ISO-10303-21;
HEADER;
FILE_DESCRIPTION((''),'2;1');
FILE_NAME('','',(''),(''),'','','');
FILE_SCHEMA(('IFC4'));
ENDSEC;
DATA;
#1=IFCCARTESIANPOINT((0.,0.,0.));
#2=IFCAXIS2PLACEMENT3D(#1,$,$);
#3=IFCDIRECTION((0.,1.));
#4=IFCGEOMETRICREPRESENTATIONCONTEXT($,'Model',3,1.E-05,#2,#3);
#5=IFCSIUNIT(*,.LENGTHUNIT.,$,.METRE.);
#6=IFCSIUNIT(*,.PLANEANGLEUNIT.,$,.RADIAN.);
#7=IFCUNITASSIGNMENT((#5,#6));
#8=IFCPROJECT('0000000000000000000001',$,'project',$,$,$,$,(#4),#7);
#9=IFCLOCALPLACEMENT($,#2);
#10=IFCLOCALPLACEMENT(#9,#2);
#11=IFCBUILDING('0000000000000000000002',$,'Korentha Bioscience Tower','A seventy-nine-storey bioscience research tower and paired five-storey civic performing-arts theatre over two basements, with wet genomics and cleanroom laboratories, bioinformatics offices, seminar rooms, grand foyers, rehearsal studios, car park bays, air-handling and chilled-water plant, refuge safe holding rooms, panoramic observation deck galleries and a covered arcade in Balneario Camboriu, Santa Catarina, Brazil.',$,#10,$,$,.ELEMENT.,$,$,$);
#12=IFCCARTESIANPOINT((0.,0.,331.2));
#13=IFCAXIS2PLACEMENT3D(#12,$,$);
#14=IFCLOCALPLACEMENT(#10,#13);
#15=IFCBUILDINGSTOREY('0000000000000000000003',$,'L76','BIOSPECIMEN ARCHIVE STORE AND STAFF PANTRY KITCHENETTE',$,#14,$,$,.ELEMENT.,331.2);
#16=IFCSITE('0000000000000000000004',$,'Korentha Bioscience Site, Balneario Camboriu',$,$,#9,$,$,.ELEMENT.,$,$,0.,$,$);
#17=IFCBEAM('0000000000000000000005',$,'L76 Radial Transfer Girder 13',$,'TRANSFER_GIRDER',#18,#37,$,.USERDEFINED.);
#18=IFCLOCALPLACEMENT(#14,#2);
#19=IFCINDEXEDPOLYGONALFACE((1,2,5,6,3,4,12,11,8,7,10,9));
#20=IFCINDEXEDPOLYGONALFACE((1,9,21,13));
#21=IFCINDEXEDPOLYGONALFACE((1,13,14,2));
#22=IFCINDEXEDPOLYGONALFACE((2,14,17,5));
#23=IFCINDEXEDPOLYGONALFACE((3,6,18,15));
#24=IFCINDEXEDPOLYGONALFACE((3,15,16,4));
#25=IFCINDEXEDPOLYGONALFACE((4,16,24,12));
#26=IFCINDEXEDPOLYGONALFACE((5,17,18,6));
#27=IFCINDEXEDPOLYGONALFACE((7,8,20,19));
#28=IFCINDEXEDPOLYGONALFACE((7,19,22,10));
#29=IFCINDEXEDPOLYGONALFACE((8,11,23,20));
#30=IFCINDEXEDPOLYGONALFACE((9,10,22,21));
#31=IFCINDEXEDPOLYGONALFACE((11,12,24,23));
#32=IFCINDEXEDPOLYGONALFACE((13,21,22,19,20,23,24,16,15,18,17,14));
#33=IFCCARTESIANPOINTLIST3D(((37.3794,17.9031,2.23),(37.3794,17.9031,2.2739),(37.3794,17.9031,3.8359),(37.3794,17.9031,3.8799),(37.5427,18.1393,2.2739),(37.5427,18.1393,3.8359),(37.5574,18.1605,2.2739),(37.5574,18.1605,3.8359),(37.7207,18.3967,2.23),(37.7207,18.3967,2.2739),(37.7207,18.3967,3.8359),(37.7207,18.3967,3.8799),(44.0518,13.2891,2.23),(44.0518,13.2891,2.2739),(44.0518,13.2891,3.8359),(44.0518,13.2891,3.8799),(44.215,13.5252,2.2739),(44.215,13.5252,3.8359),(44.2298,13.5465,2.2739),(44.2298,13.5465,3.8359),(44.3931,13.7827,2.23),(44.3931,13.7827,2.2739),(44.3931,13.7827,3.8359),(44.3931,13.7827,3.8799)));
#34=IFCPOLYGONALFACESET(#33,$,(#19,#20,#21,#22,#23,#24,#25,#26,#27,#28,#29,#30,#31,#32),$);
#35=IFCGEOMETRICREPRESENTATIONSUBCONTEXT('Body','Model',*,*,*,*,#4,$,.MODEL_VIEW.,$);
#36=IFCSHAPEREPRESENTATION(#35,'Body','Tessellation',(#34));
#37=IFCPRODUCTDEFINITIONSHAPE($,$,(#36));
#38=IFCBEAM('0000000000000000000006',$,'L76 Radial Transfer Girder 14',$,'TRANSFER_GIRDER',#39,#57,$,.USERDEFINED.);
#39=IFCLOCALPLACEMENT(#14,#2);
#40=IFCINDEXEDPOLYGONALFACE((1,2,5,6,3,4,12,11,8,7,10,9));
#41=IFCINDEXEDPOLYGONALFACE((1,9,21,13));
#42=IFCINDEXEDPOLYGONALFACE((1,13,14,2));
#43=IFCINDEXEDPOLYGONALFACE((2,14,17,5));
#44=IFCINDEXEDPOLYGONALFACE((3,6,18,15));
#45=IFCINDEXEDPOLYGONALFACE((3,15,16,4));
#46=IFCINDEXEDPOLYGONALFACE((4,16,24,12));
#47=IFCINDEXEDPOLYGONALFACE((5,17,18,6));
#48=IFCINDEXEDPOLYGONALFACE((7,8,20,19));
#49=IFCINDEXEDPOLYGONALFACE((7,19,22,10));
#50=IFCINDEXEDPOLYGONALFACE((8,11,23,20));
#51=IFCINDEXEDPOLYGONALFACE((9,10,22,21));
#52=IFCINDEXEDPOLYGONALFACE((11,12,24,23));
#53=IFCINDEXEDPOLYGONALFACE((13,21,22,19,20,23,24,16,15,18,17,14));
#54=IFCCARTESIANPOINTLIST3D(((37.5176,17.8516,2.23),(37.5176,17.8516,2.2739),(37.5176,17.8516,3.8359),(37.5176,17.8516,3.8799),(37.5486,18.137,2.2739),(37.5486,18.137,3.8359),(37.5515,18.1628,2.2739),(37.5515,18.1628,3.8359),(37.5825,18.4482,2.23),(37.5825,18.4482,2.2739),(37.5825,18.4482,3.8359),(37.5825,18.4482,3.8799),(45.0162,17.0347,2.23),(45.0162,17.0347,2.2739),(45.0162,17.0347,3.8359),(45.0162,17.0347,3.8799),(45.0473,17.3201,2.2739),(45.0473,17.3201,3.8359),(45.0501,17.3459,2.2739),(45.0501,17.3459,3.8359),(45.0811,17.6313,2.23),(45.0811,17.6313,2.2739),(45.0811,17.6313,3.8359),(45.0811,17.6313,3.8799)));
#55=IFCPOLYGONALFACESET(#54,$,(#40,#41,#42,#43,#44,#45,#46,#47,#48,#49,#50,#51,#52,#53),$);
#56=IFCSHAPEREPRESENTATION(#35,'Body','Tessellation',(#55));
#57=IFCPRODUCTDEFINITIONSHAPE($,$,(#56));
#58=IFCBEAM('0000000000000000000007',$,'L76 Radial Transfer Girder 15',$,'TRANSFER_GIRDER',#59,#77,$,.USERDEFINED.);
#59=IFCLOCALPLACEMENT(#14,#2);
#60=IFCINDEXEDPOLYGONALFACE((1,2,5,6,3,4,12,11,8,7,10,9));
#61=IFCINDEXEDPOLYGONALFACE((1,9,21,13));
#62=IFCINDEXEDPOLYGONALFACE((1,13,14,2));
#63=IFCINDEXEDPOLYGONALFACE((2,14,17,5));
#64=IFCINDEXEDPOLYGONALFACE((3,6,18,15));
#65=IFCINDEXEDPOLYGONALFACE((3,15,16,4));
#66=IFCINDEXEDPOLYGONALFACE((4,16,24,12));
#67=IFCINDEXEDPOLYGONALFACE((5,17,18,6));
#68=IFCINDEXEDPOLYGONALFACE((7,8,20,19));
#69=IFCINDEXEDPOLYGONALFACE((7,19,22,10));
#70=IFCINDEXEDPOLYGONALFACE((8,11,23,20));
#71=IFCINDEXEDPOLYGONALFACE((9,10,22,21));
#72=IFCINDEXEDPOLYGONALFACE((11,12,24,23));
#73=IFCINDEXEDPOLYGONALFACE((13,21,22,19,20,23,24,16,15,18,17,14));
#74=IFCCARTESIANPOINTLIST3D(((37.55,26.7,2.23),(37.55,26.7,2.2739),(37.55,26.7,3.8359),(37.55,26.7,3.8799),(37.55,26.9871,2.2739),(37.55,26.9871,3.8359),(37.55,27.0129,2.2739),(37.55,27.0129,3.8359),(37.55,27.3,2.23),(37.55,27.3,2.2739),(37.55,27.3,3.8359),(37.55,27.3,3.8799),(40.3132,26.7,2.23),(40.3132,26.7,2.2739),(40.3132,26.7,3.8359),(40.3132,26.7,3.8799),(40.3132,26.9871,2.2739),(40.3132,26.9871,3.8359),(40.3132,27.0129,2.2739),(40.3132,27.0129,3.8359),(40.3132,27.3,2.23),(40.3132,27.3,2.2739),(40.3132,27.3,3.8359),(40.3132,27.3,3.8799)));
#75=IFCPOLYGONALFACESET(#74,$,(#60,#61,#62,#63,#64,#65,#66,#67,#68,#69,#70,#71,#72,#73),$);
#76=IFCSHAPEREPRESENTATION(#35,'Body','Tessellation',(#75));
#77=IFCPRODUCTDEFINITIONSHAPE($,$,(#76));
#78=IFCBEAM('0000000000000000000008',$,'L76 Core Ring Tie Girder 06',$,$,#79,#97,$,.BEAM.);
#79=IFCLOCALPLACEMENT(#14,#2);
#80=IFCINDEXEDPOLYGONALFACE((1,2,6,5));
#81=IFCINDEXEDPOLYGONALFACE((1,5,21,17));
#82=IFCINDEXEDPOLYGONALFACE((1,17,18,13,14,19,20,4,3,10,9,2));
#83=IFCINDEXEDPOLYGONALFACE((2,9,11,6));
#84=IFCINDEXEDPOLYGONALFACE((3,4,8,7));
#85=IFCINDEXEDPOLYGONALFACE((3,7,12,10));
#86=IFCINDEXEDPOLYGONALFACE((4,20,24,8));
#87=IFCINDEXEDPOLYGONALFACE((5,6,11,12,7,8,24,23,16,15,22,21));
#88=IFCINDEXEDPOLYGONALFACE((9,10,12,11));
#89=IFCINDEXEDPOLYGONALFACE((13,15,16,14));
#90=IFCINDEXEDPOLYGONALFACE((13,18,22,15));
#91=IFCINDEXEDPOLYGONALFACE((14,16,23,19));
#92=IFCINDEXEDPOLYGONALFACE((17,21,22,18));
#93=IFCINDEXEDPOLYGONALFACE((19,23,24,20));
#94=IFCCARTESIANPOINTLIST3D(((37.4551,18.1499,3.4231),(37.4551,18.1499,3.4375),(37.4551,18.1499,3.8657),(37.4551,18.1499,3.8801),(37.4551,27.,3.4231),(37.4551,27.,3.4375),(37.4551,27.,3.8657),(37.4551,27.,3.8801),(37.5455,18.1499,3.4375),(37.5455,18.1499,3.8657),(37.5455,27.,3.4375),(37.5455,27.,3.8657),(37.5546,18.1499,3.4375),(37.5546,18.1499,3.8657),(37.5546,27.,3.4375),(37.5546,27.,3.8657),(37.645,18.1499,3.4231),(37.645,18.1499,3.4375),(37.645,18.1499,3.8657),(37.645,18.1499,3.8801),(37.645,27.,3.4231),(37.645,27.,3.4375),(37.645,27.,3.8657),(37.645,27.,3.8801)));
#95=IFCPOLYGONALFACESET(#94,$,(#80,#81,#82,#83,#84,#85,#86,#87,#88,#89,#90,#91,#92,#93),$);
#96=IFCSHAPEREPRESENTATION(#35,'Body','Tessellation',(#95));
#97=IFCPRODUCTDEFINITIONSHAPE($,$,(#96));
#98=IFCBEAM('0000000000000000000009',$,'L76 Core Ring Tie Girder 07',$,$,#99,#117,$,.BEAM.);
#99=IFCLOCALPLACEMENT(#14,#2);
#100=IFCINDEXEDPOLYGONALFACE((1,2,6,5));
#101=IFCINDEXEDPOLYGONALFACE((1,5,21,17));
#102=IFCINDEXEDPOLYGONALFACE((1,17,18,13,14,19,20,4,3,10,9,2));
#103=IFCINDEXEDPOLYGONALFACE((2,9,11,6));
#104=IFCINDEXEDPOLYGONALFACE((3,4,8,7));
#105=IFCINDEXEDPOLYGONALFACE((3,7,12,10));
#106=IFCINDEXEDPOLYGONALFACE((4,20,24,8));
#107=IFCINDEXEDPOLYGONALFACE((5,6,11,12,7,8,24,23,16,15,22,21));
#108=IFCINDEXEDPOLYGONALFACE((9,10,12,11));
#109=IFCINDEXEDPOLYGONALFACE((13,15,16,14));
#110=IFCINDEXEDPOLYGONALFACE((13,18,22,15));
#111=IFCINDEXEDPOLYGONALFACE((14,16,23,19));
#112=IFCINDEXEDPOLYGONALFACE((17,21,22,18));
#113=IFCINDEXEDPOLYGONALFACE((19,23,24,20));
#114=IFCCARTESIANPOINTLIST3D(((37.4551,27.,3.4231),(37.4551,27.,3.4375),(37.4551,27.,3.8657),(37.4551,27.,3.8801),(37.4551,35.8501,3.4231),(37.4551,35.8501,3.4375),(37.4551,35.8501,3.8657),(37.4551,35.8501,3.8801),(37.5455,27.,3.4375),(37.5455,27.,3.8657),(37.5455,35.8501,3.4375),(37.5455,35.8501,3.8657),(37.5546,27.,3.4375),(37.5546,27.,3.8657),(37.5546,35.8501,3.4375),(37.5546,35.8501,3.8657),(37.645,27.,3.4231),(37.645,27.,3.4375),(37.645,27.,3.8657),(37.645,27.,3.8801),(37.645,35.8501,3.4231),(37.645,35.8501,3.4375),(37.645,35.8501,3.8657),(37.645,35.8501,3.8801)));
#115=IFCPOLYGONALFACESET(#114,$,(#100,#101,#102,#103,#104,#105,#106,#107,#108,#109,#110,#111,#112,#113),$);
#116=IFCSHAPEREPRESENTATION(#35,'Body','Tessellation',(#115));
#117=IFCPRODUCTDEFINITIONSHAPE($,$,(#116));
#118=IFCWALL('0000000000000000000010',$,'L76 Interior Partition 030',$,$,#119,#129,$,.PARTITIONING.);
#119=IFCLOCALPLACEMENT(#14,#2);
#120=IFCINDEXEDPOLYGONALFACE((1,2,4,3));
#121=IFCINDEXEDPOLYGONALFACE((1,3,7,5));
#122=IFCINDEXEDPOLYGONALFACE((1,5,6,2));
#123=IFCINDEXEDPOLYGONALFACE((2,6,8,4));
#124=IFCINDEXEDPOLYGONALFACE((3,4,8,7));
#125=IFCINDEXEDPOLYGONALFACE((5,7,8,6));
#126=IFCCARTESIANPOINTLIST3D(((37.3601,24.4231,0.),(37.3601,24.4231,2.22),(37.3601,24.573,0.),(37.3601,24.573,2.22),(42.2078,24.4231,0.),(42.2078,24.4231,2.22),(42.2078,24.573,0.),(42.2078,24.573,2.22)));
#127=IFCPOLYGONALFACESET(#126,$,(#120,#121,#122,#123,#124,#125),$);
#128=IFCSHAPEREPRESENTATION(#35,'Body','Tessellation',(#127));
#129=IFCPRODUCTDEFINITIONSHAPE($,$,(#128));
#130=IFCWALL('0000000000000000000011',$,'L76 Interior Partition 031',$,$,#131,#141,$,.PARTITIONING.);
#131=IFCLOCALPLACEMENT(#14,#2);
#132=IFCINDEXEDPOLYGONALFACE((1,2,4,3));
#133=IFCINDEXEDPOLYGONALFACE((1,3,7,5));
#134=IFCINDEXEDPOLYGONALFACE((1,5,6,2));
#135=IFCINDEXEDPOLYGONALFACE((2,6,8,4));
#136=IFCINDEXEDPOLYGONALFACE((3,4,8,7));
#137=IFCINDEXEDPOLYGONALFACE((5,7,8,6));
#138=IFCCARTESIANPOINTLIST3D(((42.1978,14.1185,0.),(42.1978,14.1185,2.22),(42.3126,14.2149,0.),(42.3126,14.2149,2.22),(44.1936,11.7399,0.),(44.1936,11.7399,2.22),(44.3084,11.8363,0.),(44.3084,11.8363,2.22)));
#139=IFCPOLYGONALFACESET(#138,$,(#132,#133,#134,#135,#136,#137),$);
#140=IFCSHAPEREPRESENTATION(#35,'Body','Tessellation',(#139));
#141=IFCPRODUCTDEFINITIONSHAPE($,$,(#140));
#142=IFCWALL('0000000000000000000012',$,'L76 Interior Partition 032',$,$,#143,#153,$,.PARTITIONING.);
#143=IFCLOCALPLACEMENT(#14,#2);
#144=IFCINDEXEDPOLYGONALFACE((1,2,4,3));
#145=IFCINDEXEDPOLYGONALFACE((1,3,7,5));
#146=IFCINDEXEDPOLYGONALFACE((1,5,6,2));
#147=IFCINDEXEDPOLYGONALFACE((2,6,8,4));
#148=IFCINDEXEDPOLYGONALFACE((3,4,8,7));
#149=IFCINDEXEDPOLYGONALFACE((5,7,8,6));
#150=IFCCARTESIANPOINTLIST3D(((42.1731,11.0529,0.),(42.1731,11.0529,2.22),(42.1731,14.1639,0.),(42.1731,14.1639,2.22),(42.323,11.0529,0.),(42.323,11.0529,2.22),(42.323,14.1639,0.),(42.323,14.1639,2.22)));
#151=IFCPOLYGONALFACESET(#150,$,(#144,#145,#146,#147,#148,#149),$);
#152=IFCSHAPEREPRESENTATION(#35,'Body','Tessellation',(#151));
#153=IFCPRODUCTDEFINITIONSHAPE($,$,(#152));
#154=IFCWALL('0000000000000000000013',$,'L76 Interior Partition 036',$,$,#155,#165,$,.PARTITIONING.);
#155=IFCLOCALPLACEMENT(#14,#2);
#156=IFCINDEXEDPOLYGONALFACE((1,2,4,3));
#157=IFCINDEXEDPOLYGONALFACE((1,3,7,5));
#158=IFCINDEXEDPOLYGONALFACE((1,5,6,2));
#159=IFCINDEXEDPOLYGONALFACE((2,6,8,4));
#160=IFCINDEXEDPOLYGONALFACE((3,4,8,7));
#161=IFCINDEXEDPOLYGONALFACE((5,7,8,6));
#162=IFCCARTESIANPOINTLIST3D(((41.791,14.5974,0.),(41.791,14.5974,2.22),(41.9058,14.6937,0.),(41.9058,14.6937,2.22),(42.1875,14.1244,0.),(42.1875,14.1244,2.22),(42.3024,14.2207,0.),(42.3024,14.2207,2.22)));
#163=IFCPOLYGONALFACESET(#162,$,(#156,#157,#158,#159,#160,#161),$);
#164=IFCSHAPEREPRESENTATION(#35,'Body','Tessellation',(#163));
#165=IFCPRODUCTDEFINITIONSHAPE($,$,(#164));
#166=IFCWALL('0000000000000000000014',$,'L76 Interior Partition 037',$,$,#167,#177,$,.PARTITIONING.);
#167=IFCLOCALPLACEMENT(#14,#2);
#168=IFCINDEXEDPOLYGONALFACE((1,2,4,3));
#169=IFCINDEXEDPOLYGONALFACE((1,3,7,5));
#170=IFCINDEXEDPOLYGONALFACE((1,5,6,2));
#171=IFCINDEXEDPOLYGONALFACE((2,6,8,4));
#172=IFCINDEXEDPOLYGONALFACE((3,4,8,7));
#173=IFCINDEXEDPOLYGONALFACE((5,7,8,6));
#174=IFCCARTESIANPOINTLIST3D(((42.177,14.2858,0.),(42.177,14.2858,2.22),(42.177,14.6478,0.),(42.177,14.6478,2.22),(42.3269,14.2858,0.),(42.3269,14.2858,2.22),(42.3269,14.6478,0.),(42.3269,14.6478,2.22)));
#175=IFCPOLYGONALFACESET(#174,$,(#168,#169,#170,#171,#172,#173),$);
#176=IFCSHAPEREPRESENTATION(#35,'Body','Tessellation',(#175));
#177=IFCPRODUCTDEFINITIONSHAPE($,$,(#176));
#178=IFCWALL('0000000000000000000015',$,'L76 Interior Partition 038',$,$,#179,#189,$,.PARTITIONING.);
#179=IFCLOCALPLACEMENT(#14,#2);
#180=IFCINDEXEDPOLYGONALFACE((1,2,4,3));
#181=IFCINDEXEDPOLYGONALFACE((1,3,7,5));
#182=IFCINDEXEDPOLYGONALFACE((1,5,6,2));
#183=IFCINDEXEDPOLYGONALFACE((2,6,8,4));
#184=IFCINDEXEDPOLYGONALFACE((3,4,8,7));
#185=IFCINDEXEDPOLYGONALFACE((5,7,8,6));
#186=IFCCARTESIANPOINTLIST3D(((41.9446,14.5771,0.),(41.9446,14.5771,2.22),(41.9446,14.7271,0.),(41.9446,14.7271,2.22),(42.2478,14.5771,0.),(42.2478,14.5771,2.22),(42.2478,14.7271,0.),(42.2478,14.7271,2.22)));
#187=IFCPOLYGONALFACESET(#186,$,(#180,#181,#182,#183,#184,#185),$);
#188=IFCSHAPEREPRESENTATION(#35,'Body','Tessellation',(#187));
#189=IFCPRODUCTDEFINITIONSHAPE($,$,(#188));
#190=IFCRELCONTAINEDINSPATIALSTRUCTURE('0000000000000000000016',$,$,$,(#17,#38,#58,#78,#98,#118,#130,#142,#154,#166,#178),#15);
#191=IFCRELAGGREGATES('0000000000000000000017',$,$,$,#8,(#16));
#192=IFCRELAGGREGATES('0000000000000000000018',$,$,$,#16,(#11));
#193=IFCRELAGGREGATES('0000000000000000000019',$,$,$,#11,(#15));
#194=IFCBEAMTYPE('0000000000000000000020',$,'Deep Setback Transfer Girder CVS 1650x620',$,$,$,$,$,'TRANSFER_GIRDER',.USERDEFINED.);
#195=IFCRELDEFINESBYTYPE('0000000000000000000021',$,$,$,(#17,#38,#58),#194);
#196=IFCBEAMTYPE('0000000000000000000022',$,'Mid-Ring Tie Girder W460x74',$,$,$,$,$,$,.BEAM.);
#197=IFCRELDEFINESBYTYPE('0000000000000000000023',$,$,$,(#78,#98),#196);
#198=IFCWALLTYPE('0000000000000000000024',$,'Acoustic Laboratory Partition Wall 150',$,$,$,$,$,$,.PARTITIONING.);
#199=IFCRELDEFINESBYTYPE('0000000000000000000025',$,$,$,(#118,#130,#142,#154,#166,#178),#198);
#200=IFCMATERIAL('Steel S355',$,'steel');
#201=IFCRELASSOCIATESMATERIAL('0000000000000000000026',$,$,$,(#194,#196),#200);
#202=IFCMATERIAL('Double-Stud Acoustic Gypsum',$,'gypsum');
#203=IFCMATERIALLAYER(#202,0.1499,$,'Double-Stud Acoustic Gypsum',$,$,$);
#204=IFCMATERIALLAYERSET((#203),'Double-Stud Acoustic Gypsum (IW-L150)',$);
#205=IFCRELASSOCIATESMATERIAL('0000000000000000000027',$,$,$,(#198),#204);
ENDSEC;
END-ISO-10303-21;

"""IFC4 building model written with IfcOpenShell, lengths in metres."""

from ifc_helpers import new_model, si_unit, direction, frame, frame_2d, origin, origin_2d, place, context, subcontext, project, spatial, rectangle, i_section, extrude, material, layer, layer_set, material_profile, profile_set, type_object, element, save


model = new_model("IFC4")

# Units and contexts
model_context = context("Model", 3, precision=1e-05, world=origin(), true_north=direction((0.0, 1.0)))
body_context = subcontext(model_context, "Body", "Model", "MODEL_VIEW")
ifc_project = project(units=[si_unit("LENGTHUNIT", "METRE"), si_unit("PLANEANGLEUNIT", "RADIAN")], contexts=[model_context])

# Site, building, storey
site_placement = place(None, origin())
site = spatial("IfcSite", under=ifc_project, at=site_placement, Name="Korentha Bioscience Site, Balneario Camboriu", CompositionType="ELEMENT", RefElevation=0.0)
building_placement = place(site_placement, origin())
building = spatial("IfcBuilding", under=site, at=building_placement, Name="Korentha Bioscience Tower", Description="A seventy-nine-storey bioscience research tower and paired five-storey civic performing-arts theatre over two basements, with wet genomics and cleanroom laboratories, bioinformatics offices, seminar rooms, grand foyers, rehearsal studios, car park bays, air-handling and chilled-water plant, refuge safe holding rooms, panoramic observation deck galleries and a covered arcade in Balneario Camboriu, Santa Catarina, Brazil.", CompositionType="ELEMENT")
storey_placement = place(building_placement, frame((0.0, 0.0, 331.2)))
storey = spatial("IfcBuildingStorey", under=building, at=storey_placement, Name="L76", Description="BIOSPECIMEN ARCHIVE STORE AND STAFF PANTRY KITCHENETTE", CompositionType="ELEMENT", Elevation=331.2)

# Beams
ifc_material_1 = material(Name="Steel S355", Category="steel")
ifc_material_profile_1 = material_profile(ifc_material_1, i_section(OverallWidth=0.6001, OverallDepth=1.6499, WebThickness=0.0259, FlangeThickness=0.0439, at=origin_2d()), Name="Steel S355")
ifc_profile_set_1 = profile_set([ifc_material_profile_1], Name="Steel S355 (TG-04)")
beam_type_1 = type_object("IfcBeamType", Name="Deep Setback Transfer Girder CVS 1650x620", ElementType="TRANSFER_GIRDER", PredefinedType="USERDEFINED", material=ifc_profile_set_1)
beam_1_placement = place(storey_placement, frame((37.55, 18.1499, 3.0549), z_axis=(0.822499, -0.568767, 0.0), x_axis=(0.568767, 0.822499, 0.0)))
element("IfcBeam", 1, at=beam_1_placement, inside=storey, type_object=beam_type_1, Name="L76 Radial Transfer Girder 13", ObjectType="TRANSFER_GIRDER", PredefinedType="USERDEFINED", context=body_context, shape_type="SweptSolid", body=[
    extrude(i_section(OverallWidth=0.6001, OverallDepth=1.6499, WebThickness=0.0259, FlangeThickness=0.0439, at=origin_2d()), origin(), (0.0, 0.0, 1.0), 8.1123),
])
beam_2_placement = place(storey_placement, frame((37.55, 18.1499, 3.0549), z_axis=(0.994118, -0.1083, 0.0), x_axis=(0.1083, 0.994118, 0.0)))
element("IfcBeam", 2, at=beam_2_placement, inside=storey, type_object=beam_type_1, Name="L76 Radial Transfer Girder 14", ObjectType="TRANSFER_GIRDER", PredefinedType="USERDEFINED", context=body_context, shape_type="SweptSolid", body=[
    extrude(i_section(OverallWidth=0.6001, OverallDepth=1.6499, WebThickness=0.0259, FlangeThickness=0.0439, at=origin_2d()), origin(), (0.0, 0.0, 1.0), 7.543),
])
beam_3_placement = place(storey_placement, frame((37.55, 27.0, 3.0549), z_axis=(1.0, 0.0, 0.0), x_axis=(0.0, 1.0, 0.0)))
element("IfcBeam", 3, at=beam_3_placement, inside=storey, type_object=beam_type_1, Name="L76 Radial Transfer Girder 15", ObjectType="TRANSFER_GIRDER", PredefinedType="USERDEFINED", context=body_context, shape_type="SweptSolid", body=[
    extrude(i_section(OverallWidth=0.6001, OverallDepth=1.6499, WebThickness=0.0259, FlangeThickness=0.0439, at=origin_2d()), origin(), (0.0, 0.0, 1.0), 2.7632),
])
ifc_material_profile_2 = material_profile(ifc_material_1, i_section(OverallWidth=0.1899, OverallDepth=0.457, WebThickness=0.009, FlangeThickness=0.0144, at=origin_2d()), Name="Steel S355")
ifc_profile_set_2 = profile_set([ifc_material_profile_2], Name="Steel S355 (MB-460)")
beam_type_2 = type_object("IfcBeamType", Name="Mid-Ring Tie Girder W460x74", PredefinedType="BEAM", material=ifc_profile_set_2)
for number, where, z_axis, x_axis, name in (
    (4, (37.55, 18.1499, 3.6516), (0.0, 1.0, 0.0), (-1.0, 0.0, 0.0), "L76 Core Ring Tie Girder 06"),
    (5, (37.55, 27.0, 3.6516), (0.0, 1.0, 0.0), (-1.0, 0.0, 0.0), "L76 Core Ring Tie Girder 07"),
):
    element("IfcBeam", number, at=place(storey_placement, frame(where, z_axis=z_axis, x_axis=x_axis)), inside=storey, type_object=beam_type_2, Name=name, PredefinedType="BEAM", context=body_context, shape_type="SweptSolid", body=[
        extrude(i_section(OverallWidth=0.1899, OverallDepth=0.457, WebThickness=0.009, FlangeThickness=0.0144, at=origin_2d()), origin(), (0.0, 0.0, 1.0), 8.8501),
    ])

# Walls
ifc_material_2 = material(Name="Double-Stud Acoustic Gypsum", Category="gypsum")
ifc_layer_1 = layer(ifc_material_2, 0.1499, Name="Double-Stud Acoustic Gypsum")
ifc_layer_set_1 = layer_set([ifc_layer_1], Name="Double-Stud Acoustic Gypsum (IW-L150)")
wall_type_1 = type_object("IfcWallType", Name="Acoustic Laboratory Partition Wall 150", PredefinedType="PARTITIONING", material=ifc_layer_set_1)
wall_1_placement = place(storey_placement, frame((37.3601, 24.498, 0.0), z_axis=(0.0, 0.0, 1.0), x_axis=(1.0, 0.0, 0.0)))
element("IfcWall", 6, at=wall_1_placement, inside=storey, type_object=wall_type_1, Name="L76 Interior Partition 030", PredefinedType="PARTITIONING", context=body_context, shape_type="SweptSolid", body=[
    extrude(rectangle(XDim=4.8477, YDim=0.1499, at=frame_2d((2.4238, 0.0))), origin(), (0.0, 0.0, 1.0), 2.22),
])
wall_2_placement = place(storey_placement, frame((44.251, 11.7881, 0.0), z_axis=(0.0, 0.0, 1.0), x_axis=(-0.642772, 0.766058, 0.0)))
element("IfcWall", 7, at=wall_2_placement, inside=storey, type_object=wall_type_1, Name="L76 Interior Partition 031", PredefinedType="PARTITIONING", context=body_context, shape_type="SweptSolid", body=[
    extrude(rectangle(XDim=3.105, YDim=0.1499, at=frame_2d((1.5525, 0.0))), origin(), (0.0, 0.0, 1.0), 2.22),
])
wall_3_placement = place(storey_placement, frame((42.248, 14.1641, 0.0), z_axis=(0.0, 0.0, 1.0), x_axis=(0.0, -1.0, 0.0)))
element("IfcWall", 8, at=wall_3_placement, inside=storey, type_object=wall_type_1, Name="L76 Interior Partition 032", PredefinedType="PARTITIONING", context=body_context, shape_type="SweptSolid", body=[
    extrude(rectangle(XDim=3.1111, YDim=0.1499, at=frame_2d((1.5557, 0.0))), origin(), (0.0, 0.0, 1.0), 2.22),
])
wall_4_placement = place(storey_placement, frame((41.8484, 14.6455, 0.0), z_axis=(0.0, 0.0, 1.0), x_axis=(0.642477, -0.766305, 0.0)))
element("IfcWall", 9, at=wall_4_placement, inside=storey, type_object=wall_type_1, Name="L76 Interior Partition 036", PredefinedType="PARTITIONING", context=body_context, shape_type="SweptSolid", body=[
    extrude(rectangle(XDim=0.6172, YDim=0.1499, at=frame_2d((0.3086, 0.0))), origin(), (0.0, 0.0, 1.0), 2.22),
])
wall_5_placement = place(storey_placement, frame((42.252, 14.2856, 0.0), z_axis=(0.0, 0.0, 1.0), x_axis=(0.0, 1.0, 0.0)))
element("IfcWall", 10, at=wall_5_placement, inside=storey, type_object=wall_type_1, Name="L76 Interior Partition 037", PredefinedType="PARTITIONING", context=body_context, shape_type="SweptSolid", body=[
    extrude(rectangle(XDim=0.3621, YDim=0.1499, at=frame_2d((0.1812, 0.0))), origin(), (0.0, 0.0, 1.0), 2.22),
])
wall_6_placement = place(storey_placement, frame((42.2478, 14.6521, 0.0), z_axis=(0.0, 0.0, 1.0), x_axis=(-1.0, 0.0, 0.0)))
element("IfcWall", 11, at=wall_6_placement, inside=storey, type_object=wall_type_1, Name="L76 Interior Partition 038", PredefinedType="PARTITIONING", context=body_context, shape_type="SweptSolid", body=[
    extrude(rectangle(XDim=0.3032, YDim=0.1499, at=frame_2d((0.1516, 0.0))), origin(), (0.0, 0.0, 1.0), 2.22),
])

save(model, "model.ifc")
